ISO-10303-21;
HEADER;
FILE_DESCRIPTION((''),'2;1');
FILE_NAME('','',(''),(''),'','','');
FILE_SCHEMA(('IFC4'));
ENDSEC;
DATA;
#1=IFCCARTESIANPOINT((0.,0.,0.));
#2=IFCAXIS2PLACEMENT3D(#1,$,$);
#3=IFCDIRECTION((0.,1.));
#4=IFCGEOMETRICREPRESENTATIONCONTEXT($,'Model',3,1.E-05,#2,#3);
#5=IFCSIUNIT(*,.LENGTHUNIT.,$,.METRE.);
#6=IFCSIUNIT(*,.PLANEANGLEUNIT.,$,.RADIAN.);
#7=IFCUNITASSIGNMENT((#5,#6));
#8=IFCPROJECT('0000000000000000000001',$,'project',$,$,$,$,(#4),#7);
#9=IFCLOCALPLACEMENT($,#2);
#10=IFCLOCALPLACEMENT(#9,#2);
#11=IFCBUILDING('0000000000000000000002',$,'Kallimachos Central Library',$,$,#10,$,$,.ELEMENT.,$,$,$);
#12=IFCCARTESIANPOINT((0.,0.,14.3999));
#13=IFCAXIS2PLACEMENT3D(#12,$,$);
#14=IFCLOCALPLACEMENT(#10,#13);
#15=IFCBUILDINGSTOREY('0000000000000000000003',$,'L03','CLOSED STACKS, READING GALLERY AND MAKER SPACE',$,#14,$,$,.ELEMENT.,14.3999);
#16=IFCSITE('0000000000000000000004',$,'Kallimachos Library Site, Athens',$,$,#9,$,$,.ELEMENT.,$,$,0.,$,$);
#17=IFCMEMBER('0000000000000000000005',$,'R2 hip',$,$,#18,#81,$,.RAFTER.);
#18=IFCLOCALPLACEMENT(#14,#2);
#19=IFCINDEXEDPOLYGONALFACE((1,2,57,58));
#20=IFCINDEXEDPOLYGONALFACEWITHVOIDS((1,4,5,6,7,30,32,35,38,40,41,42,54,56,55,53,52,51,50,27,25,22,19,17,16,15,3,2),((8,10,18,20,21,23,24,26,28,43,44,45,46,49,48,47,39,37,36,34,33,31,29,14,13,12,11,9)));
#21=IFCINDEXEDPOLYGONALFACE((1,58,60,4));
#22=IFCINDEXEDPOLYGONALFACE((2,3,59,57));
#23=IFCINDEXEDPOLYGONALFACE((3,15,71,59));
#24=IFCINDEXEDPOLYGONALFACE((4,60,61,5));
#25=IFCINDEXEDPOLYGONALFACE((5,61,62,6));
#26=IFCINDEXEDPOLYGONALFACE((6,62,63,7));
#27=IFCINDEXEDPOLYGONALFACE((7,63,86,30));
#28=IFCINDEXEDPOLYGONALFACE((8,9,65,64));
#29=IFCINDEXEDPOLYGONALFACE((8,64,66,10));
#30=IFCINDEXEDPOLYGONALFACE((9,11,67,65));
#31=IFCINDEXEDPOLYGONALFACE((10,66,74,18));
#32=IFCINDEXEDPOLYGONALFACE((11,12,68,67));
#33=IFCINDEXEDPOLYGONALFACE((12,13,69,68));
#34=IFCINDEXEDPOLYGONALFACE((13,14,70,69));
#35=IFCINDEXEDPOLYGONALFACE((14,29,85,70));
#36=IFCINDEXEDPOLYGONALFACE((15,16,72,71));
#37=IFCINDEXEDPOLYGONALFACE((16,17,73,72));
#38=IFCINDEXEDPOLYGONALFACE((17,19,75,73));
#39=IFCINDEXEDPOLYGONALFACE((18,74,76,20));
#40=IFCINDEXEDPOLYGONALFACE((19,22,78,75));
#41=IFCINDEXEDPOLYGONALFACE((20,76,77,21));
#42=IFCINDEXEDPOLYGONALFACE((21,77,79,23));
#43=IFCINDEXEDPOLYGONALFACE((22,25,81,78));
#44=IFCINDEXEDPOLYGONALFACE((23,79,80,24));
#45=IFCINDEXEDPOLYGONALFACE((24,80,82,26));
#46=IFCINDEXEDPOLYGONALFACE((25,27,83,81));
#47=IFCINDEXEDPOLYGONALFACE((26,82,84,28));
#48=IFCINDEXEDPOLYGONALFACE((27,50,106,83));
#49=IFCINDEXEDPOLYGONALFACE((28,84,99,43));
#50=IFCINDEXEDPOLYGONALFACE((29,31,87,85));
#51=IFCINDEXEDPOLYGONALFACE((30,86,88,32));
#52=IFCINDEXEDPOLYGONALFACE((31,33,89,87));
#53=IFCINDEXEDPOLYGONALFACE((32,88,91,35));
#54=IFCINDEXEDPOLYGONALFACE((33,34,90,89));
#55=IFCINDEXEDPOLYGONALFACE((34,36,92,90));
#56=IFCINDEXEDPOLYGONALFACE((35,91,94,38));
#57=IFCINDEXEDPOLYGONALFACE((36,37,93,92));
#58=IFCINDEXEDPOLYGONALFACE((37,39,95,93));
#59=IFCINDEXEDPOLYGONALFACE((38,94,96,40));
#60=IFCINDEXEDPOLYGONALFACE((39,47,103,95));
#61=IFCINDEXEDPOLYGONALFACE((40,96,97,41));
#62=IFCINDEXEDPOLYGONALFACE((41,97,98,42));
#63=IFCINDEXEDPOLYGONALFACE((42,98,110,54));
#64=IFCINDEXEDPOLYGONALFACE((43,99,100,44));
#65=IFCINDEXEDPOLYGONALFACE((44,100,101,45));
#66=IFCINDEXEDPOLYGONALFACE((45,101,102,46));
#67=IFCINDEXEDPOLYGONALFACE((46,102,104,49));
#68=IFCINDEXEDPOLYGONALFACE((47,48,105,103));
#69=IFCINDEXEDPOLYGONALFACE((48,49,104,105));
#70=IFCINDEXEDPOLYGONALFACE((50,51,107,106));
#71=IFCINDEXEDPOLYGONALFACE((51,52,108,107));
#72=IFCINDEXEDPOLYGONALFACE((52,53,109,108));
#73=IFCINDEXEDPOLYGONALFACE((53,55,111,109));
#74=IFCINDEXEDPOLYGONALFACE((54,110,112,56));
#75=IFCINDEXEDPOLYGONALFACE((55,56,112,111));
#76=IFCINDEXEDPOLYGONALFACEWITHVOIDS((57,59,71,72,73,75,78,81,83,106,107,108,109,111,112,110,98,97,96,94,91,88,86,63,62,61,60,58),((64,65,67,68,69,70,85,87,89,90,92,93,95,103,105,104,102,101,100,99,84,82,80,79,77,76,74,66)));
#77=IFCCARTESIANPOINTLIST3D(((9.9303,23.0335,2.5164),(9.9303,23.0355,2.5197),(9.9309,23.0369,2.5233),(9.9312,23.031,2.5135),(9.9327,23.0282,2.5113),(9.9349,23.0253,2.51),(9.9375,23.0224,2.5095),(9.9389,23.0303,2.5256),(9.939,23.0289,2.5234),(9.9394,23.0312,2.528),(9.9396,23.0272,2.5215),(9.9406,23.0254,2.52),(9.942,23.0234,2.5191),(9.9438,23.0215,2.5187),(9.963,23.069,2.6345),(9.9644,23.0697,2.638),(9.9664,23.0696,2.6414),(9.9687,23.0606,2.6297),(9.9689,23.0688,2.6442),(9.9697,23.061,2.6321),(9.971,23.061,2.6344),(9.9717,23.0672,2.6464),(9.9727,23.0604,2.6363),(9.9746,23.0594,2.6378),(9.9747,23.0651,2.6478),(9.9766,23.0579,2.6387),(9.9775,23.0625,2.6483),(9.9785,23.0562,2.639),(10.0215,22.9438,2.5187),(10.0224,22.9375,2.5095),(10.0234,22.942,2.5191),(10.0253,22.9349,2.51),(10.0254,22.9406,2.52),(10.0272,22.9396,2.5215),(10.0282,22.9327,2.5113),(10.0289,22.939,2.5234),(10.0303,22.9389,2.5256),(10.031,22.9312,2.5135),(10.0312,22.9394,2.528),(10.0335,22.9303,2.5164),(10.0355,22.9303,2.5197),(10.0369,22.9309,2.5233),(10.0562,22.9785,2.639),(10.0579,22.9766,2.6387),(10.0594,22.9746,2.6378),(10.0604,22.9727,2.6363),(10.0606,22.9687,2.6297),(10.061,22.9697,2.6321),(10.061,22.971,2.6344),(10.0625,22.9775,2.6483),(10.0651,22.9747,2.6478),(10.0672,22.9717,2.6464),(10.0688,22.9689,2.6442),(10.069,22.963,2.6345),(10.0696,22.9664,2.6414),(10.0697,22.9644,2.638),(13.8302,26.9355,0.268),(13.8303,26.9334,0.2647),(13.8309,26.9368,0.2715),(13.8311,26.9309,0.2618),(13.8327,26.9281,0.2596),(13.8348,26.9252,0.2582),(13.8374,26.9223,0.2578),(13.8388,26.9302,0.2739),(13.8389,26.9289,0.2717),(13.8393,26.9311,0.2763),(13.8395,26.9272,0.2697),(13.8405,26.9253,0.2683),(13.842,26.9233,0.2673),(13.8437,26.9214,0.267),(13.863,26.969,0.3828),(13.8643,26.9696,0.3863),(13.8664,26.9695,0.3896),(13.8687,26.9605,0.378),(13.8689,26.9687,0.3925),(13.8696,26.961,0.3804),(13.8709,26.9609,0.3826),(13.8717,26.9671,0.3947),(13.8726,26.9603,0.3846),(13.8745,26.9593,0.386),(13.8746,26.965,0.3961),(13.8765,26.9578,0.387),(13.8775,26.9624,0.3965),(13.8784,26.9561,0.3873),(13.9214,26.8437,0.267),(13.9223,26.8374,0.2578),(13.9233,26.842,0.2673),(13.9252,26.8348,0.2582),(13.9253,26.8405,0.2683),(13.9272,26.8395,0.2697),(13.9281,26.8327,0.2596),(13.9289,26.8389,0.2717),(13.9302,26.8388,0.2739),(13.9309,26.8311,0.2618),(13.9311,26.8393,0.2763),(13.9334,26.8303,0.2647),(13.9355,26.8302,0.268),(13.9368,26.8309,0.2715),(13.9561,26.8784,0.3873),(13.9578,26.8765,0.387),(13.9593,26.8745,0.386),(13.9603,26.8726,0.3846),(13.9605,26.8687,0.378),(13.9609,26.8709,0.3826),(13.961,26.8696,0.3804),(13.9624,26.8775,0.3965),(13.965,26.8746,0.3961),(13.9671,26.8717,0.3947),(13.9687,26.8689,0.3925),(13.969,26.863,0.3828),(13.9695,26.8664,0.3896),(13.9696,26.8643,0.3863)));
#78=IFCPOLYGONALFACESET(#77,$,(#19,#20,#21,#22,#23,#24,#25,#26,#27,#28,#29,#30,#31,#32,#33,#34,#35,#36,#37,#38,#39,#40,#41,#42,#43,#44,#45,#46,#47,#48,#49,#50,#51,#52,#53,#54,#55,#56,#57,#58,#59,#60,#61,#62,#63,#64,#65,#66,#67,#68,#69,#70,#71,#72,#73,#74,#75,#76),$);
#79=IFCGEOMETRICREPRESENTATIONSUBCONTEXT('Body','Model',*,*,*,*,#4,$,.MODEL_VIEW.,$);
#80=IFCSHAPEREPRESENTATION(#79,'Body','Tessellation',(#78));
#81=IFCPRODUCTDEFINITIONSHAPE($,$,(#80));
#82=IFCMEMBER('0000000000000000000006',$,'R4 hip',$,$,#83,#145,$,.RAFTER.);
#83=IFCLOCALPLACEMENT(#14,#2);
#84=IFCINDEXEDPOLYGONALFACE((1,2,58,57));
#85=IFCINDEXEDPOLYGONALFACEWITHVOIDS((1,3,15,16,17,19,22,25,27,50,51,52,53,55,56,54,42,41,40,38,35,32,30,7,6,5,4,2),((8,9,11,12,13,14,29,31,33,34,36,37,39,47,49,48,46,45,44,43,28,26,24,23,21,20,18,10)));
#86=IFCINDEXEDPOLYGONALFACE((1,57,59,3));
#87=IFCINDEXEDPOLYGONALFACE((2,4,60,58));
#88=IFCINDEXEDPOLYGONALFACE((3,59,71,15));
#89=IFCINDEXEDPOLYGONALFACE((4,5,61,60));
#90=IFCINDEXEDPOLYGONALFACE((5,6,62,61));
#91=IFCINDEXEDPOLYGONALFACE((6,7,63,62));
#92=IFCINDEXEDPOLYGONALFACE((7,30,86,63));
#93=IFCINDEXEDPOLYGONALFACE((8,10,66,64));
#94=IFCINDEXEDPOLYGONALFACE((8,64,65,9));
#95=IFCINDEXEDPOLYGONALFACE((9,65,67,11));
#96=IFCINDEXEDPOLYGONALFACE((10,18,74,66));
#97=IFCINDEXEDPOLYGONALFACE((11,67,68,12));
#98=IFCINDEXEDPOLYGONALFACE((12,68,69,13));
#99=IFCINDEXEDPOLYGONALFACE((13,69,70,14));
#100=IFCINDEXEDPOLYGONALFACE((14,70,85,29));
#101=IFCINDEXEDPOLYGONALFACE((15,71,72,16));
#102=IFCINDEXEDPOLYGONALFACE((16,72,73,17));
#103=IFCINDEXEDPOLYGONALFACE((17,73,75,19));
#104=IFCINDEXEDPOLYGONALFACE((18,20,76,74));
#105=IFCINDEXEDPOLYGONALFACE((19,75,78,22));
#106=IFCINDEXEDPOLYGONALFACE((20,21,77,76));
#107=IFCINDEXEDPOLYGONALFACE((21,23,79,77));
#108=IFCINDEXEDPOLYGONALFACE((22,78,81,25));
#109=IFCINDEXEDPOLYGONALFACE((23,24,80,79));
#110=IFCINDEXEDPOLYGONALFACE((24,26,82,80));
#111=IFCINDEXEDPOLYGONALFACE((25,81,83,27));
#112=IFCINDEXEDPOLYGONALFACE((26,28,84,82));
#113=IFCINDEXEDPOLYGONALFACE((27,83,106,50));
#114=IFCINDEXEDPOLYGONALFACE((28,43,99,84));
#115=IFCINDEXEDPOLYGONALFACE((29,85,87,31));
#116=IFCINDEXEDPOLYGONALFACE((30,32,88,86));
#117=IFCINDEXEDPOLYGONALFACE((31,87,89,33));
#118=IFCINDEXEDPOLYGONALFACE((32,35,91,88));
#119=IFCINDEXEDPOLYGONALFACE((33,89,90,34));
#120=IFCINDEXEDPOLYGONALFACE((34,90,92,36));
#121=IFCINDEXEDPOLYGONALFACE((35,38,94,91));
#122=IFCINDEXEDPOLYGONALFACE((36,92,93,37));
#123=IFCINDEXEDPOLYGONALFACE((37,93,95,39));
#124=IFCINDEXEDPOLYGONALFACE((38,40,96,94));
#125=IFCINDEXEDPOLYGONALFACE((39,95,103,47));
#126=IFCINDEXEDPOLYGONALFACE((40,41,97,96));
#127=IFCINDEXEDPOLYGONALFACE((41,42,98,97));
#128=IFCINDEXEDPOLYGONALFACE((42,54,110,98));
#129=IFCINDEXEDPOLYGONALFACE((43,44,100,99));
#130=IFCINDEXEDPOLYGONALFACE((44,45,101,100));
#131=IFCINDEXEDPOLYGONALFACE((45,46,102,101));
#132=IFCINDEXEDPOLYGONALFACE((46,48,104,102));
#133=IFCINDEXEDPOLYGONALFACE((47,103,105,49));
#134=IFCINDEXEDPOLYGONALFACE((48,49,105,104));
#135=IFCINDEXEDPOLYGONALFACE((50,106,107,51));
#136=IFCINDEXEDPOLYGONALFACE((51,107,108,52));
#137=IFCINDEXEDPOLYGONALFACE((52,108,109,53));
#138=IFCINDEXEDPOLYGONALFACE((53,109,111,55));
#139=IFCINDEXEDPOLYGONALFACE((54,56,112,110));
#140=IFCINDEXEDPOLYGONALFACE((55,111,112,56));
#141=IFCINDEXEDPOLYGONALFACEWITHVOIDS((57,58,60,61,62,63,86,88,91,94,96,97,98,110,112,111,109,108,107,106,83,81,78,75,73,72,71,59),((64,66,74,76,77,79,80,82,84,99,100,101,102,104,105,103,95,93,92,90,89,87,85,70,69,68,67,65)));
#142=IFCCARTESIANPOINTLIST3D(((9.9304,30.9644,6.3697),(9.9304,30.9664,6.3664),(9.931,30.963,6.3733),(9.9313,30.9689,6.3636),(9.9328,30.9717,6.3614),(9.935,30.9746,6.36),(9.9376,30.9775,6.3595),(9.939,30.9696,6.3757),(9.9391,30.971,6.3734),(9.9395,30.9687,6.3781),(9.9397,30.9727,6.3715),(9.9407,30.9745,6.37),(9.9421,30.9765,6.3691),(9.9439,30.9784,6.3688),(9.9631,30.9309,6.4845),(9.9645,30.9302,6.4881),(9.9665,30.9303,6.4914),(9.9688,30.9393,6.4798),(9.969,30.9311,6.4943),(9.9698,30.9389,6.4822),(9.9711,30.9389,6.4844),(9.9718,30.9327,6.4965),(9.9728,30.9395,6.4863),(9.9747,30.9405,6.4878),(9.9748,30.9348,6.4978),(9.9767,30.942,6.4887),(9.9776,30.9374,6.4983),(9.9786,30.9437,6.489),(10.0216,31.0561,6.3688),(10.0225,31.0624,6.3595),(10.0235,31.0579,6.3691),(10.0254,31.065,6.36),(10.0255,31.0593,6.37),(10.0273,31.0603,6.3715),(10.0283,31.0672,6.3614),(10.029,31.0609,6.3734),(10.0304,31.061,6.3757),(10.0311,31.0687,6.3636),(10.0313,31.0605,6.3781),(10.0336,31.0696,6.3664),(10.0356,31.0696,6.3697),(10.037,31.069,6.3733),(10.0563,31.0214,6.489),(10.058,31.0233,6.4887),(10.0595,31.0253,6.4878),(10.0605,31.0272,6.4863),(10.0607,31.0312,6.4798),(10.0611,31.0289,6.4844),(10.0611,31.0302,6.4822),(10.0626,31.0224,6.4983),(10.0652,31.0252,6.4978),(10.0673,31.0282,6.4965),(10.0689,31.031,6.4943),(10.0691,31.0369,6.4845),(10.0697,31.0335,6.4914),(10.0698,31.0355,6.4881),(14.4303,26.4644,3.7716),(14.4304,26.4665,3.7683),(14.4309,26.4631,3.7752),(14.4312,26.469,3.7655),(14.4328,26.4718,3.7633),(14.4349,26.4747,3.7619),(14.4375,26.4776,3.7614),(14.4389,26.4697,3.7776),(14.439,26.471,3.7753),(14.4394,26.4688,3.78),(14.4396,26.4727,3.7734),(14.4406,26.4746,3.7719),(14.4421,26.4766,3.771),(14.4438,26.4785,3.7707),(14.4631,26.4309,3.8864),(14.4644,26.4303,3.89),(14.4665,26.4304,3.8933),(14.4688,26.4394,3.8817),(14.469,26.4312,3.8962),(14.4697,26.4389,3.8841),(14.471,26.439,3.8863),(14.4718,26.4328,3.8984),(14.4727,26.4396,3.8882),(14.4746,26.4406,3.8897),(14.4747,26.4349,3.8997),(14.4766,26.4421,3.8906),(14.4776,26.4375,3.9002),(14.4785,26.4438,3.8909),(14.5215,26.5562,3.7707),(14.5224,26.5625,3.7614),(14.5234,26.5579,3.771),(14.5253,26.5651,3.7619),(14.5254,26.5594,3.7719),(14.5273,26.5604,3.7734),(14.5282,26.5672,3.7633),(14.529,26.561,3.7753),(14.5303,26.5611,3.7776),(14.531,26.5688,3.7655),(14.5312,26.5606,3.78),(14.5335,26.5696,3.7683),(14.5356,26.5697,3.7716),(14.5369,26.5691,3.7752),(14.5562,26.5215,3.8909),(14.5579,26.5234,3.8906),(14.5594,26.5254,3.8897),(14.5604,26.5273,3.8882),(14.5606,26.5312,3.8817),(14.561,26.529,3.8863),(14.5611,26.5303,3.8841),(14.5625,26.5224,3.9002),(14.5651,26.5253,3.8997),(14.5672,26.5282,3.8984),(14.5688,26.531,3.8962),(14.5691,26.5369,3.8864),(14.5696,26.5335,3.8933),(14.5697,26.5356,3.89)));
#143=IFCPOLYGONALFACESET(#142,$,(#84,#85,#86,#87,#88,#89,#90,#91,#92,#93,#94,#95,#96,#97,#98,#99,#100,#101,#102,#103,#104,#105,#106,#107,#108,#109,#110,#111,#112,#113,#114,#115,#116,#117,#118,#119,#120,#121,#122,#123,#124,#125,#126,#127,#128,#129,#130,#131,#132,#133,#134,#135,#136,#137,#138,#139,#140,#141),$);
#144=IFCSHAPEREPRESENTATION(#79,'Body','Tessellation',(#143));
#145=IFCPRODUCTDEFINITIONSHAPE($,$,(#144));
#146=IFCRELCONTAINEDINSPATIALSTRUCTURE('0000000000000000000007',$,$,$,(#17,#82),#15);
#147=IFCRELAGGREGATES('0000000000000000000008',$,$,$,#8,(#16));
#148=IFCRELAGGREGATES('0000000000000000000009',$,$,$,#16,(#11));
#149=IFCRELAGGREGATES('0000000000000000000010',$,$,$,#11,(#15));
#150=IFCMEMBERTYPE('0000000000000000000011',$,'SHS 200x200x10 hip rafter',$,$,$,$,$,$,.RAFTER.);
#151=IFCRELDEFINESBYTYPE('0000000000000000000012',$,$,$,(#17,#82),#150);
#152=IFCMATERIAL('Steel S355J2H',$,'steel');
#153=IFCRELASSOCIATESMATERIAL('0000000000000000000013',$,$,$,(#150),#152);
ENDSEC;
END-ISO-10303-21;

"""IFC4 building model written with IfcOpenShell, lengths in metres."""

from ifc_helpers import new_model, si_unit, direction, frame, origin, origin_2d, place, context, subcontext, project, spatial, hollow_rectangle, extrude, material, material_profile, profile_set, type_object, element, save


model = new_model("IFC4")

# Units and contexts
model_context = context("Model", 3, precision=1e-05, world=origin(), true_north=direction((0.0, 1.0)))
body_context = subcontext(model_context, "Body", "Model", "MODEL_VIEW")
ifc_project = project(units=[si_unit("LENGTHUNIT", "METRE"), si_unit("PLANEANGLEUNIT", "RADIAN")], contexts=[model_context])

# Site, building, storey
site_placement = place(None, origin())
site = spatial("IfcSite", under=ifc_project, at=site_placement, Name="Kallimachos Library Site, Athens", CompositionType="ELEMENT", RefElevation=0.0)
building_placement = place(site_placement, origin())
building = spatial("IfcBuilding", under=site, at=building_placement, Name="Kallimachos Central Library", CompositionType="ELEMENT")
storey_placement = place(building_placement, frame((0.0, 0.0, 14.3999)))
storey = spatial("IfcBuildingStorey", under=building, at=storey_placement, Name="L03", Description="CLOSED STACKS, READING GALLERY AND MAKER SPACE", CompositionType="ELEMENT", Elevation=14.3999)

# Members
ifc_material_1 = material(Name="Steel S355J2H", Category="steel")
ifc_material_profile_1 = material_profile(ifc_material_1, hollow_rectangle(XDim=0.1499, YDim=0.1499, WallThickness=0.01, InnerFilletRadius=0.01, OuterFilletRadius=0.0149, at=origin_2d()), Name="SHS 150x150x10")
ifc_profile_set_1 = profile_set([ifc_material_profile_1], Name="Steel S355J2H")
member_type_1 = type_object("IfcMemberType", Name="SHS 200x200x10 hip rafter", PredefinedType="RAFTER", material=ifc_profile_set_1)
member_1_placement = place(storey_placement, frame((13.8999, 26.8999, 0.3271), z_axis=(-0.65465, -0.65465, 0.377979), x_axis=(0.707107, -0.707107, 0.0)))
element("IfcMember", 1, at=member_1_placement, inside=storey, type_object=member_type_1, Name="R2 hip", PredefinedType="RAFTER", context=body_context, shape_type="SweptSolid", body=[
    extrude(hollow_rectangle(XDim=0.1499, YDim=0.1499, WallThickness=0.01, InnerFilletRadius=0.01, OuterFilletRadius=0.0149, at=origin_2d()), origin(), (0.0, 0.0, 1.0), 5.9573),
])
for number, where, z_axis, x_axis, name in (
    (2, (14.5, 26.5, 3.8308), (-0.654651, 0.654651, 0.377973), (-0.707107, -0.707107, 0.0), "R4 hip"),
):
    element("IfcMember", number, at=place(storey_placement, frame(where, z_axis=z_axis, x_axis=x_axis)), inside=storey, type_object=member_type_1, Name=name, PredefinedType="RAFTER", context=body_context, shape_type="SweptSolid", body=[
        extrude(hollow_rectangle(XDim=0.1499, YDim=0.1499, WallThickness=0.01, InnerFilletRadius=0.01, OuterFilletRadius=0.0149, at=origin_2d()), origin(), (0.0, 0.0, 1.0), 6.8738),
    ])

save(model, "model.ifc")
